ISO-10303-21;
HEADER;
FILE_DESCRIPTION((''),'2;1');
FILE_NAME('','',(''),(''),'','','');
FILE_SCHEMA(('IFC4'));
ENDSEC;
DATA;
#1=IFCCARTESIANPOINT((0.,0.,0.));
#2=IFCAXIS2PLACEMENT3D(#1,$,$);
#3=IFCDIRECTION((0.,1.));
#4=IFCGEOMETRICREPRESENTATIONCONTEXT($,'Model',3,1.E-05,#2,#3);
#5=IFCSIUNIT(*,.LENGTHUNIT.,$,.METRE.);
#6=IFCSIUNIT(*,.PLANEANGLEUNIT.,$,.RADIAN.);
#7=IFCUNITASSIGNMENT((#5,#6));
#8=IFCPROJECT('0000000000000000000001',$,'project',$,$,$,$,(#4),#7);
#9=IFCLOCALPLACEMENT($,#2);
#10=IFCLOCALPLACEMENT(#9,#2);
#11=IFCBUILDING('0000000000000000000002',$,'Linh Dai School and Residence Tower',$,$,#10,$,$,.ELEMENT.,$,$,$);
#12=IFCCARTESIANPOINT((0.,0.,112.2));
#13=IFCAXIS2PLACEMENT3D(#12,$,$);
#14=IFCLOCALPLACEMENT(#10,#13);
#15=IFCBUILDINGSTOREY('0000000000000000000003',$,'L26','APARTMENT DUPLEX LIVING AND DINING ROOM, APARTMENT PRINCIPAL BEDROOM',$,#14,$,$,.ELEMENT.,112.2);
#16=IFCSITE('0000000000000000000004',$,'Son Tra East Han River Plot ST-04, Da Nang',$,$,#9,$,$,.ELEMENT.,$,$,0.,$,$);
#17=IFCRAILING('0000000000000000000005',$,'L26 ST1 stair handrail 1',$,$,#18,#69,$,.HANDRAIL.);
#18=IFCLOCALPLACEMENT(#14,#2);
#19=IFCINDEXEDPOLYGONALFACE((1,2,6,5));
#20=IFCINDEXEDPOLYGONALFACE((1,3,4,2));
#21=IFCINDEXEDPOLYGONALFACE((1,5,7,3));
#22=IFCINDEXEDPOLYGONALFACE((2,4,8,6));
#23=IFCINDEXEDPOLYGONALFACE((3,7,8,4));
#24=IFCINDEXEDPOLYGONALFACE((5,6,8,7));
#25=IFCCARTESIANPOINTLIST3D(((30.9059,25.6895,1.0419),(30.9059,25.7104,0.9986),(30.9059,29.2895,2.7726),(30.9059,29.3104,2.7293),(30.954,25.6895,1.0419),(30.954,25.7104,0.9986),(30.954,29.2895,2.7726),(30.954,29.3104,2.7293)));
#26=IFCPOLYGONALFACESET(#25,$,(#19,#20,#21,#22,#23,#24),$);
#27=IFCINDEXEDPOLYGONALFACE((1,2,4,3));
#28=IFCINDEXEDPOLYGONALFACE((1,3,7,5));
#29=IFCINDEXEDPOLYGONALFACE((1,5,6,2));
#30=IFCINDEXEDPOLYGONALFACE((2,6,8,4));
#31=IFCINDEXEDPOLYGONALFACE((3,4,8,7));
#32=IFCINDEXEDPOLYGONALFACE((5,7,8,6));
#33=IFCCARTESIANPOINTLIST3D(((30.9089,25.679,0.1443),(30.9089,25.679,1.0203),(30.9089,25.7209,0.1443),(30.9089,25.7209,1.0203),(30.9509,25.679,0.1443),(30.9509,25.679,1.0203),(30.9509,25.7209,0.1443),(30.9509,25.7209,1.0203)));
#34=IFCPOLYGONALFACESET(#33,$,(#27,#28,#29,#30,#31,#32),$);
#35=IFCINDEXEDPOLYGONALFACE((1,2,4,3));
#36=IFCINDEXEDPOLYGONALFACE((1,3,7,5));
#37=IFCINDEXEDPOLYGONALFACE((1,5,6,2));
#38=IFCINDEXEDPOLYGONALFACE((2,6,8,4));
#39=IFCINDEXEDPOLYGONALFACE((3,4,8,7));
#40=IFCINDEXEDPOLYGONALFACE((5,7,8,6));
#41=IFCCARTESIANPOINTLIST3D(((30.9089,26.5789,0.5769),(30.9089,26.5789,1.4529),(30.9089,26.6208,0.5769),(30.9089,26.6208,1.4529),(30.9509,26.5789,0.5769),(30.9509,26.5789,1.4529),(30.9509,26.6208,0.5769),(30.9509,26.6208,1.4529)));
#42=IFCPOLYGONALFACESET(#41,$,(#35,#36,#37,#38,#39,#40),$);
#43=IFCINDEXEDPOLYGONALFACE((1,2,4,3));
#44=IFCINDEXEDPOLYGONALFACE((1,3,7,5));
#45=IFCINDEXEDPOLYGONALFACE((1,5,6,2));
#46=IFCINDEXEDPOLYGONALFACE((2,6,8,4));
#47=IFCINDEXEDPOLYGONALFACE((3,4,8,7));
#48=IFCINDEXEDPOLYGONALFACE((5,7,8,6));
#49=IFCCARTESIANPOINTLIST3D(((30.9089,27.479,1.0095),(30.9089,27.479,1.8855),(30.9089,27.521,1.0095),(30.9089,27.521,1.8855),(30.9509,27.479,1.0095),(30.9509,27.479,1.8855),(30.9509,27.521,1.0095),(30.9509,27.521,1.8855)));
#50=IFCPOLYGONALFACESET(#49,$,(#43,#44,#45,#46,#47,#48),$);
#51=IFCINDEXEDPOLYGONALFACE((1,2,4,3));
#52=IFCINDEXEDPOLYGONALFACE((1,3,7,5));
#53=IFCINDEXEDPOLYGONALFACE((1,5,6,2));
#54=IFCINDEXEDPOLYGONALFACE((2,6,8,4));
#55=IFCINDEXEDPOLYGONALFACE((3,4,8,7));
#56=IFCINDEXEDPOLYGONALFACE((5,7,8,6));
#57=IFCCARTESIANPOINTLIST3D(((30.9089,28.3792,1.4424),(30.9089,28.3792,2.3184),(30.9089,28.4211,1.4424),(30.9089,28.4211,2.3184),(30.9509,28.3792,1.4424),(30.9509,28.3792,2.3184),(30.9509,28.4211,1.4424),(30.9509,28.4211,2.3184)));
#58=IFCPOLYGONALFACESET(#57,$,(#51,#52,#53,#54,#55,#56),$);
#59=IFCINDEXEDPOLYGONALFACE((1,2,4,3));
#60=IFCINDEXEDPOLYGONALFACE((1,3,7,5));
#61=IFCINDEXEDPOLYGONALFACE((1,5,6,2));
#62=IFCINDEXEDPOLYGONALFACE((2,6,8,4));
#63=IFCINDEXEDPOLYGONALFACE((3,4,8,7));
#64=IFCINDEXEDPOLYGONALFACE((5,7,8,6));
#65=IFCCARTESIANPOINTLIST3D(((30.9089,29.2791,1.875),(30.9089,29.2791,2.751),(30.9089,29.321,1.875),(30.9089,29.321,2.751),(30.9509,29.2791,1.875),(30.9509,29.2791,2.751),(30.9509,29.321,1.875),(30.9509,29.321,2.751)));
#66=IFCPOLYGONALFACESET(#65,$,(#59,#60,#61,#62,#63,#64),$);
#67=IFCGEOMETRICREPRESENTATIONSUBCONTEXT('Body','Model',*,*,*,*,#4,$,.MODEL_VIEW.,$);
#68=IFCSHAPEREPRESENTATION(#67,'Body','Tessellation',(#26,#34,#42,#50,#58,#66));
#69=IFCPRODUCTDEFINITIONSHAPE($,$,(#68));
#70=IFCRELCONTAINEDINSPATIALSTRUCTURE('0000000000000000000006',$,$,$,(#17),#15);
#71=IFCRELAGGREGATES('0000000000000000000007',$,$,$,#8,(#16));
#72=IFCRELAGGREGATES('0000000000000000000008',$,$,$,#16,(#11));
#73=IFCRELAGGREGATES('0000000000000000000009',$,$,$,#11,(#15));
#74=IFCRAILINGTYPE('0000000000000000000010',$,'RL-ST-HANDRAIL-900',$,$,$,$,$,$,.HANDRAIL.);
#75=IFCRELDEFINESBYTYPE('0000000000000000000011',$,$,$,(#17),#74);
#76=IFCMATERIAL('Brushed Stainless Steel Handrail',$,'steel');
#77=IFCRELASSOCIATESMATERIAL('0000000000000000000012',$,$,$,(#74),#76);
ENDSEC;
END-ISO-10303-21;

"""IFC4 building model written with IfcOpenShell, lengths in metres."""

from ifc_helpers import new_model, si_unit, direction, frame, origin, origin_2d, place, context, subcontext, project, spatial, rectangle, extrude, source, transform, mapped, material, type_object, element, save


model = new_model("IFC4")

# Units and contexts
model_context = context("Model", 3, precision=1e-05, world=origin(), true_north=direction((0.0, 1.0)))
body_context = subcontext(model_context, "Body", "Model", "MODEL_VIEW")
ifc_project = project(units=[si_unit("LENGTHUNIT", "METRE"), si_unit("PLANEANGLEUNIT", "RADIAN")], contexts=[model_context])

# Site, building, storey
site_placement = place(None, origin())
site = spatial("IfcSite", under=ifc_project, at=site_placement, Name="Son Tra East Han River Plot ST-04, Da Nang", CompositionType="ELEMENT", RefElevation=0.0)
building_placement = place(site_placement, origin())
building = spatial("IfcBuilding", under=site, at=building_placement, Name="Linh Dai School and Residence Tower", CompositionType="ELEMENT")
storey_placement = place(building_placement, frame((0.0, 0.0, 112.2)))
storey = spatial("IfcBuildingStorey", under=building, at=storey_placement, Name="L26", Description="APARTMENT DUPLEX LIVING AND DINING ROOM, APARTMENT PRINCIPAL BEDROOM", CompositionType="ELEMENT", Elevation=112.2)

# Railing
ifc_material_1 = material(Name="Brushed Stainless Steel Handrail", Category="steel")
railing_type_1 = type_object("IfcRailingType", Name="RL-ST-HANDRAIL-900", PredefinedType="HANDRAIL", material=ifc_material_1)
shared_shape_1 = source(origin(), body_context, "Body", "SweptSolid", [
    extrude(rectangle(XDim=0.0481, YDim=0.0481, at=origin_2d()), frame((0.0, 0.0, 0.876), z_axis=(0.0, 0.901263, 0.433273), x_axis=(-1.0, 0.0, 0.0)), (0.0, 0.0, 1.0), 3.9944),
    extrude(rectangle(XDim=0.042, YDim=0.042, at=origin_2d()), origin(), (0.0, 0.0, 1.0), 0.876),
    extrude(rectangle(XDim=0.042, YDim=0.042, at=origin_2d()), frame((0.0, 0.8999, 0.4326)), (0.0, 0.0, 1.0), 0.876),
    extrude(rectangle(XDim=0.042, YDim=0.042, at=origin_2d()), frame((0.0, 1.8, 0.8652)), (0.0, 0.0, 1.0), 0.876),
    extrude(rectangle(XDim=0.042, YDim=0.042, at=origin_2d()), frame((0.0, 2.7002, 1.2981)), (0.0, 0.0, 1.0), 0.876),
    extrude(rectangle(XDim=0.042, YDim=0.042, at=origin_2d()), frame((0.0, 3.6001, 1.7307)), (0.0, 0.0, 1.0), 0.876),
])
railing_1_placement = place(storey_placement, frame((30.9299, 25.7, 0.1443)))
element("IfcRailing", 1, at=railing_1_placement, inside=storey, type_object=railing_type_1, Name="L26 ST1 stair handrail 1", PredefinedType="HANDRAIL", context=body_context, shape_type="MappedRepresentation", body=[
    mapped(shared_shape_1, transform((0.0, 0.0, 0.0), x_axis=(1.0, 0.0, 0.0), y_axis=(0.0, 1.0, 0.0), z_axis=(0.0, 0.0, 1.0), scale=1.0)),
])

save(model, "model.ifc")
